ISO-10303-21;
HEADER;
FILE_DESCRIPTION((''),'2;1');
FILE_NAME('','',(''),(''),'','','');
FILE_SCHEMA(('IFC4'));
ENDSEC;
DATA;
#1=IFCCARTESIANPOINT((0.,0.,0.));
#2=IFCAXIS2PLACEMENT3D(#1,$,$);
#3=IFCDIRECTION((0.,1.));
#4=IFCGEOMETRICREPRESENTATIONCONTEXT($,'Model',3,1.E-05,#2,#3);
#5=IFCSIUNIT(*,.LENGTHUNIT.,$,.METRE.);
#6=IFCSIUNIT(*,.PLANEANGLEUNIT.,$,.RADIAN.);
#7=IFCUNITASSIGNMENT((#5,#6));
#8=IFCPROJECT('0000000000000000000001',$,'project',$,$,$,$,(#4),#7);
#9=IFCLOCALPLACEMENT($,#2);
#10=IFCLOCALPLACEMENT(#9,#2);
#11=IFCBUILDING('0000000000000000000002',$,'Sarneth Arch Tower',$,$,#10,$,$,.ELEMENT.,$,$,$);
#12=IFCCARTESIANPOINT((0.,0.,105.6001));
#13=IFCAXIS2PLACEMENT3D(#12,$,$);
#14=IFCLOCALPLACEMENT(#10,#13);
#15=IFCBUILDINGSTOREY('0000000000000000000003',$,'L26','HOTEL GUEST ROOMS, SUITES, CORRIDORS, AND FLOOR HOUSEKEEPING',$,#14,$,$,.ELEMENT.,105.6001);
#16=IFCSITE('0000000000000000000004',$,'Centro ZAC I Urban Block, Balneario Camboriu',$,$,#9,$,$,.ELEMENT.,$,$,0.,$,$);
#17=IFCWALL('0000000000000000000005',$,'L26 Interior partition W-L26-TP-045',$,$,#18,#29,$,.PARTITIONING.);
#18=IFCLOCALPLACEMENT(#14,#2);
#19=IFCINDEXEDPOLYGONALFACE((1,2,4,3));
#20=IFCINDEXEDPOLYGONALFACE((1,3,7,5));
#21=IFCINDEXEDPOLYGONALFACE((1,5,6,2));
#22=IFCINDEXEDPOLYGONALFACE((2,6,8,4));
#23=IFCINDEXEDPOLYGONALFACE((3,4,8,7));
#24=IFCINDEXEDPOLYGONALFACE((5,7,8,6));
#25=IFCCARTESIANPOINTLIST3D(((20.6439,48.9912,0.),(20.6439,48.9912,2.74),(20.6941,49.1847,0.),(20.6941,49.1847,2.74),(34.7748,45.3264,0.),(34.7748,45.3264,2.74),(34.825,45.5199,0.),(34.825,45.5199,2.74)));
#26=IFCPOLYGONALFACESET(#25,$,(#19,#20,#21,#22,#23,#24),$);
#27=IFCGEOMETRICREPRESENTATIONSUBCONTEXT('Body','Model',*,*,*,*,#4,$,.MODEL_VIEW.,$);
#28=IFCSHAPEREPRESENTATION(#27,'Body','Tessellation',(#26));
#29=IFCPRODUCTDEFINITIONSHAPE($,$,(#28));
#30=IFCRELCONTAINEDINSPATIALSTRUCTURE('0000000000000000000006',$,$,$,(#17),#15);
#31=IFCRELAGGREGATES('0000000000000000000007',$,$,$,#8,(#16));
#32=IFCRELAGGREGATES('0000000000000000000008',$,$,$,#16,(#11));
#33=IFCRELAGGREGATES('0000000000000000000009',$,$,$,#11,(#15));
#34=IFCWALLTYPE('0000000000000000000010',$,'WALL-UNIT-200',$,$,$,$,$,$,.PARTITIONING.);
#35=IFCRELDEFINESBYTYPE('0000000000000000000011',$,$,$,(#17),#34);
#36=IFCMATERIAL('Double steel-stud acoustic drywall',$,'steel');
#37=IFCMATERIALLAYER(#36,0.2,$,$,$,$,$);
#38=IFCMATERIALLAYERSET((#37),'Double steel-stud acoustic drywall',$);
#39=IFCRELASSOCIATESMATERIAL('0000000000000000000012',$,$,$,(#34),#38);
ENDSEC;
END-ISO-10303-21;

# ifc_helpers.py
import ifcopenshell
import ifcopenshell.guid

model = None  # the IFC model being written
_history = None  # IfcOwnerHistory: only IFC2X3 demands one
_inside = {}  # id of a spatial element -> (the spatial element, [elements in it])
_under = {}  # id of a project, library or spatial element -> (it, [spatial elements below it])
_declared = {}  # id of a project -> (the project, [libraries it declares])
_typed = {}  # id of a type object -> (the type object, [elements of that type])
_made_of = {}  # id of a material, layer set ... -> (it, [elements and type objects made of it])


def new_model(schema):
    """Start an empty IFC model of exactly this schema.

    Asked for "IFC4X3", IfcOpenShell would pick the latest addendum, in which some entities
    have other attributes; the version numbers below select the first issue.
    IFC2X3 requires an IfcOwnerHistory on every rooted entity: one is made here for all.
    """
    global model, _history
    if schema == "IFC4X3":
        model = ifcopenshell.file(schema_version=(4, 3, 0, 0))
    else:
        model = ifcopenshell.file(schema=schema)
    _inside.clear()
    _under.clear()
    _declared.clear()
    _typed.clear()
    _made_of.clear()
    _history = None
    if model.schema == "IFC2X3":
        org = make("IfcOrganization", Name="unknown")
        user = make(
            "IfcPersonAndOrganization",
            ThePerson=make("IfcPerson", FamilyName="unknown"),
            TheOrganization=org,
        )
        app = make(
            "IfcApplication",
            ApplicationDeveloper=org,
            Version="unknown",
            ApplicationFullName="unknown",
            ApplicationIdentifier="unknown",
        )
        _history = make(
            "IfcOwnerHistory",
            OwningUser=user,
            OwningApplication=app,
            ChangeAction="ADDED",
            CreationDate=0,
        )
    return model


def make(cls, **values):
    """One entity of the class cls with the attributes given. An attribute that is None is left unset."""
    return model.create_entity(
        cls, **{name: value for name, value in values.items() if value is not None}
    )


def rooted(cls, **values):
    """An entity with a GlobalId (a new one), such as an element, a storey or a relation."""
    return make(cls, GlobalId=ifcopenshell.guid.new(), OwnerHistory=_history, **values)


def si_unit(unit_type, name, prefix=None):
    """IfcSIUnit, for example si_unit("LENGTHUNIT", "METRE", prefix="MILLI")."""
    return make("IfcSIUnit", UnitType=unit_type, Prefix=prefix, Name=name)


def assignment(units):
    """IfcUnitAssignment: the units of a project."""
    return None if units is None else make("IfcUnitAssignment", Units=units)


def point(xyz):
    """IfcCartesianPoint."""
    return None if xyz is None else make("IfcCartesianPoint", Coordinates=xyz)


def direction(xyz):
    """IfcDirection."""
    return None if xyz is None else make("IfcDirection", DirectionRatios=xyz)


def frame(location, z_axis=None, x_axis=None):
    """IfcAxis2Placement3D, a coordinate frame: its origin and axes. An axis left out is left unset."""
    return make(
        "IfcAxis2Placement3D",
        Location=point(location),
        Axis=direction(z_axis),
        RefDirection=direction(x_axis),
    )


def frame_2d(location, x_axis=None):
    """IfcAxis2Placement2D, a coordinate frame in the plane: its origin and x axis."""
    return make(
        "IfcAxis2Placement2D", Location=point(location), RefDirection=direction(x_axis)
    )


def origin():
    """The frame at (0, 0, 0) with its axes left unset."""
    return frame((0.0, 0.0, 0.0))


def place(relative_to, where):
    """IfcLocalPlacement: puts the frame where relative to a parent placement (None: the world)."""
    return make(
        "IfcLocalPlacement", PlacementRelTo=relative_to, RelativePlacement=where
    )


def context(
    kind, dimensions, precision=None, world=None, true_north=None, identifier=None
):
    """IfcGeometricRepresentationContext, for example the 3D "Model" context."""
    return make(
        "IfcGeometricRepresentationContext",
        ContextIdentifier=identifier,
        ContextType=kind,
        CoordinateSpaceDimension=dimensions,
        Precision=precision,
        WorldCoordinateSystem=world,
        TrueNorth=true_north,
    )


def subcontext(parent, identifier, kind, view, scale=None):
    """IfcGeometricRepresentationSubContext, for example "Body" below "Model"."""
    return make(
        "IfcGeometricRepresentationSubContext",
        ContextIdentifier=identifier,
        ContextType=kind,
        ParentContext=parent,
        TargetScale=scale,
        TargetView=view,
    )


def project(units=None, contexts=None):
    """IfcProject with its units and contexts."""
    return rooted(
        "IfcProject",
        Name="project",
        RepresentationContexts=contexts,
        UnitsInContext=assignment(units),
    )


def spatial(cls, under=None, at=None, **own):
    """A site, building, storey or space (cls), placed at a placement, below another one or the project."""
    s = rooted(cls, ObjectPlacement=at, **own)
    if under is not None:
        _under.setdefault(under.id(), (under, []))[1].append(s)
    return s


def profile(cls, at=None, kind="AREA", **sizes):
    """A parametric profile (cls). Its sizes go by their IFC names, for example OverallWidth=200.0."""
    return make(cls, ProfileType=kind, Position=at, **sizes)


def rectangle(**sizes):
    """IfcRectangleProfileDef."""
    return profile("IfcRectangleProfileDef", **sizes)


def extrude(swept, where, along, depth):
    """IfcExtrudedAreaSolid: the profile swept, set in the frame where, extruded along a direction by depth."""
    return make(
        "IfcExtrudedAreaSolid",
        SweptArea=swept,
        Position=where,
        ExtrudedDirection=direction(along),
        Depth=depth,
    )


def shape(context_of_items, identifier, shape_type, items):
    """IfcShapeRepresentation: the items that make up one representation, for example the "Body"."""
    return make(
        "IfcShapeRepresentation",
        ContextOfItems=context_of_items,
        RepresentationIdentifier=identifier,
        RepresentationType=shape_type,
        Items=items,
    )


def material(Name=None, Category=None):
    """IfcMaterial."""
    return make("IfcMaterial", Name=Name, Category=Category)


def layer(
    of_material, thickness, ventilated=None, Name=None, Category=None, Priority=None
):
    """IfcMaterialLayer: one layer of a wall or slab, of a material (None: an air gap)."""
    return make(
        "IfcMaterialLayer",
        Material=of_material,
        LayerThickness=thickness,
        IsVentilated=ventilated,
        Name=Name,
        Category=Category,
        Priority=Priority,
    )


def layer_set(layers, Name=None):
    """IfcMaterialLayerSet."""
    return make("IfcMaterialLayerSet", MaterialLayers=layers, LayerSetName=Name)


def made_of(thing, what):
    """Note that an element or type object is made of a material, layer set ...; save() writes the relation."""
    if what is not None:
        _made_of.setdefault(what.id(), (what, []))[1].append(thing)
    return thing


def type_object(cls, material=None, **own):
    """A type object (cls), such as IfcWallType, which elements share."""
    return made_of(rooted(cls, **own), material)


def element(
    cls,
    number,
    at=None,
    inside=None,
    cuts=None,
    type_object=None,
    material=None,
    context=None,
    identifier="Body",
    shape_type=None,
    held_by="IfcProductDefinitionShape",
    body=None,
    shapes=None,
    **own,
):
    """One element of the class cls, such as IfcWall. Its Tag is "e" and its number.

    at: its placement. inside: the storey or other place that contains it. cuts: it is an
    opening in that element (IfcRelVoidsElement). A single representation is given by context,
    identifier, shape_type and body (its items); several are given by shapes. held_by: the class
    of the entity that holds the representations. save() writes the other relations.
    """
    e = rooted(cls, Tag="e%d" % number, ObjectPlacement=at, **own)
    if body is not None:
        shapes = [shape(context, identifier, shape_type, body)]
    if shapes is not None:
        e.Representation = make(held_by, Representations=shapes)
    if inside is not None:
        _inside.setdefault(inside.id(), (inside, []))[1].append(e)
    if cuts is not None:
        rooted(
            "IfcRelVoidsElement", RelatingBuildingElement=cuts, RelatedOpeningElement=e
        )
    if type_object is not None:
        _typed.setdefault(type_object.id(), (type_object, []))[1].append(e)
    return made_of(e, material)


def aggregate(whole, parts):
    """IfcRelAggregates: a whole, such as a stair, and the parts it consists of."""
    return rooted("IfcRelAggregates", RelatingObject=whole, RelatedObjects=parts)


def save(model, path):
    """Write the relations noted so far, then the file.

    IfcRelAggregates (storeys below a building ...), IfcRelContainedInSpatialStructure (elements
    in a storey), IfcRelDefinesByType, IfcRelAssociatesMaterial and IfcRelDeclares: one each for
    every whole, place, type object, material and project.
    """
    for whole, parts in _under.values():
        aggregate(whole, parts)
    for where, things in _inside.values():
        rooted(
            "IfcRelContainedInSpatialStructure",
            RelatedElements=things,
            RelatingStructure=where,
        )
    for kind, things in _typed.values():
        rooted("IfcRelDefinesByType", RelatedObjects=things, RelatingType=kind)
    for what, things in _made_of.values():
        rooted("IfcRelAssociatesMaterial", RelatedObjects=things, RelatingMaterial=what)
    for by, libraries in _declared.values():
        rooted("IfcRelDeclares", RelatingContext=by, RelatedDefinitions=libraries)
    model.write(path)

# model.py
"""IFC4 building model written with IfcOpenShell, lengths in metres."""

from ifc_helpers import new_model, si_unit, direction, frame, frame_2d, origin, place, context, subcontext, project, spatial, rectangle, extrude, material, layer, layer_set, type_object, element, save


model = new_model("IFC4")

# Units and contexts
model_context = context("Model", 3, precision=1e-05, world=origin(), true_north=direction((0.0, 1.0)))
body_context = subcontext(model_context, "Body", "Model", "MODEL_VIEW")
ifc_project = project(units=[si_unit("LENGTHUNIT", "METRE"), si_unit("PLANEANGLEUNIT", "RADIAN")], contexts=[model_context])

# Site, building, storey
site_placement = place(None, origin())
site = spatial("IfcSite", under=ifc_project, at=site_placement, Name="Centro ZAC I Urban Block, Balneario Camboriu", CompositionType="ELEMENT", RefElevation=0.0)
building_placement = place(site_placement, origin())
building = spatial("IfcBuilding", under=site, at=building_placement, Name="Sarneth Arch Tower", CompositionType="ELEMENT")
storey_placement = place(building_placement, frame((0.0, 0.0, 105.6001)))
storey = spatial("IfcBuildingStorey", under=building, at=storey_placement, Name="L26", Description="HOTEL GUEST ROOMS, SUITES, CORRIDORS, AND FLOOR HOUSEKEEPING", CompositionType="ELEMENT", Elevation=105.6001)

# Wall
ifc_material_1 = material(Name="Double steel-stud acoustic drywall", Category="steel")
ifc_layer_1 = layer(ifc_material_1, 0.2)
ifc_layer_set_1 = layer_set([ifc_layer_1], Name="Double steel-stud acoustic drywall")
wall_type_1 = type_object("IfcWallType", Name="WALL-UNIT-200", PredefinedType="PARTITIONING", material=ifc_layer_set_1)
wall_1_placement = place(storey_placement, frame((34.8, 45.4231, 0.0), z_axis=(0.0, 0.0, 1.0), x_axis=(-0.967976, 0.251042, 0.0)))
element("IfcWall", 1, at=wall_1_placement, inside=storey, type_object=wall_type_1, Name="L26 Interior partition W-L26-TP-045", PredefinedType="PARTITIONING", context=body_context, shape_type="SweptSolid", body=[
    extrude(rectangle(XDim=14.5984, YDim=0.2, at=frame_2d((7.2993, 0.0))), origin(), (0.0, 0.0, 1.0), 2.74),
])

save(model, "model.ifc")
